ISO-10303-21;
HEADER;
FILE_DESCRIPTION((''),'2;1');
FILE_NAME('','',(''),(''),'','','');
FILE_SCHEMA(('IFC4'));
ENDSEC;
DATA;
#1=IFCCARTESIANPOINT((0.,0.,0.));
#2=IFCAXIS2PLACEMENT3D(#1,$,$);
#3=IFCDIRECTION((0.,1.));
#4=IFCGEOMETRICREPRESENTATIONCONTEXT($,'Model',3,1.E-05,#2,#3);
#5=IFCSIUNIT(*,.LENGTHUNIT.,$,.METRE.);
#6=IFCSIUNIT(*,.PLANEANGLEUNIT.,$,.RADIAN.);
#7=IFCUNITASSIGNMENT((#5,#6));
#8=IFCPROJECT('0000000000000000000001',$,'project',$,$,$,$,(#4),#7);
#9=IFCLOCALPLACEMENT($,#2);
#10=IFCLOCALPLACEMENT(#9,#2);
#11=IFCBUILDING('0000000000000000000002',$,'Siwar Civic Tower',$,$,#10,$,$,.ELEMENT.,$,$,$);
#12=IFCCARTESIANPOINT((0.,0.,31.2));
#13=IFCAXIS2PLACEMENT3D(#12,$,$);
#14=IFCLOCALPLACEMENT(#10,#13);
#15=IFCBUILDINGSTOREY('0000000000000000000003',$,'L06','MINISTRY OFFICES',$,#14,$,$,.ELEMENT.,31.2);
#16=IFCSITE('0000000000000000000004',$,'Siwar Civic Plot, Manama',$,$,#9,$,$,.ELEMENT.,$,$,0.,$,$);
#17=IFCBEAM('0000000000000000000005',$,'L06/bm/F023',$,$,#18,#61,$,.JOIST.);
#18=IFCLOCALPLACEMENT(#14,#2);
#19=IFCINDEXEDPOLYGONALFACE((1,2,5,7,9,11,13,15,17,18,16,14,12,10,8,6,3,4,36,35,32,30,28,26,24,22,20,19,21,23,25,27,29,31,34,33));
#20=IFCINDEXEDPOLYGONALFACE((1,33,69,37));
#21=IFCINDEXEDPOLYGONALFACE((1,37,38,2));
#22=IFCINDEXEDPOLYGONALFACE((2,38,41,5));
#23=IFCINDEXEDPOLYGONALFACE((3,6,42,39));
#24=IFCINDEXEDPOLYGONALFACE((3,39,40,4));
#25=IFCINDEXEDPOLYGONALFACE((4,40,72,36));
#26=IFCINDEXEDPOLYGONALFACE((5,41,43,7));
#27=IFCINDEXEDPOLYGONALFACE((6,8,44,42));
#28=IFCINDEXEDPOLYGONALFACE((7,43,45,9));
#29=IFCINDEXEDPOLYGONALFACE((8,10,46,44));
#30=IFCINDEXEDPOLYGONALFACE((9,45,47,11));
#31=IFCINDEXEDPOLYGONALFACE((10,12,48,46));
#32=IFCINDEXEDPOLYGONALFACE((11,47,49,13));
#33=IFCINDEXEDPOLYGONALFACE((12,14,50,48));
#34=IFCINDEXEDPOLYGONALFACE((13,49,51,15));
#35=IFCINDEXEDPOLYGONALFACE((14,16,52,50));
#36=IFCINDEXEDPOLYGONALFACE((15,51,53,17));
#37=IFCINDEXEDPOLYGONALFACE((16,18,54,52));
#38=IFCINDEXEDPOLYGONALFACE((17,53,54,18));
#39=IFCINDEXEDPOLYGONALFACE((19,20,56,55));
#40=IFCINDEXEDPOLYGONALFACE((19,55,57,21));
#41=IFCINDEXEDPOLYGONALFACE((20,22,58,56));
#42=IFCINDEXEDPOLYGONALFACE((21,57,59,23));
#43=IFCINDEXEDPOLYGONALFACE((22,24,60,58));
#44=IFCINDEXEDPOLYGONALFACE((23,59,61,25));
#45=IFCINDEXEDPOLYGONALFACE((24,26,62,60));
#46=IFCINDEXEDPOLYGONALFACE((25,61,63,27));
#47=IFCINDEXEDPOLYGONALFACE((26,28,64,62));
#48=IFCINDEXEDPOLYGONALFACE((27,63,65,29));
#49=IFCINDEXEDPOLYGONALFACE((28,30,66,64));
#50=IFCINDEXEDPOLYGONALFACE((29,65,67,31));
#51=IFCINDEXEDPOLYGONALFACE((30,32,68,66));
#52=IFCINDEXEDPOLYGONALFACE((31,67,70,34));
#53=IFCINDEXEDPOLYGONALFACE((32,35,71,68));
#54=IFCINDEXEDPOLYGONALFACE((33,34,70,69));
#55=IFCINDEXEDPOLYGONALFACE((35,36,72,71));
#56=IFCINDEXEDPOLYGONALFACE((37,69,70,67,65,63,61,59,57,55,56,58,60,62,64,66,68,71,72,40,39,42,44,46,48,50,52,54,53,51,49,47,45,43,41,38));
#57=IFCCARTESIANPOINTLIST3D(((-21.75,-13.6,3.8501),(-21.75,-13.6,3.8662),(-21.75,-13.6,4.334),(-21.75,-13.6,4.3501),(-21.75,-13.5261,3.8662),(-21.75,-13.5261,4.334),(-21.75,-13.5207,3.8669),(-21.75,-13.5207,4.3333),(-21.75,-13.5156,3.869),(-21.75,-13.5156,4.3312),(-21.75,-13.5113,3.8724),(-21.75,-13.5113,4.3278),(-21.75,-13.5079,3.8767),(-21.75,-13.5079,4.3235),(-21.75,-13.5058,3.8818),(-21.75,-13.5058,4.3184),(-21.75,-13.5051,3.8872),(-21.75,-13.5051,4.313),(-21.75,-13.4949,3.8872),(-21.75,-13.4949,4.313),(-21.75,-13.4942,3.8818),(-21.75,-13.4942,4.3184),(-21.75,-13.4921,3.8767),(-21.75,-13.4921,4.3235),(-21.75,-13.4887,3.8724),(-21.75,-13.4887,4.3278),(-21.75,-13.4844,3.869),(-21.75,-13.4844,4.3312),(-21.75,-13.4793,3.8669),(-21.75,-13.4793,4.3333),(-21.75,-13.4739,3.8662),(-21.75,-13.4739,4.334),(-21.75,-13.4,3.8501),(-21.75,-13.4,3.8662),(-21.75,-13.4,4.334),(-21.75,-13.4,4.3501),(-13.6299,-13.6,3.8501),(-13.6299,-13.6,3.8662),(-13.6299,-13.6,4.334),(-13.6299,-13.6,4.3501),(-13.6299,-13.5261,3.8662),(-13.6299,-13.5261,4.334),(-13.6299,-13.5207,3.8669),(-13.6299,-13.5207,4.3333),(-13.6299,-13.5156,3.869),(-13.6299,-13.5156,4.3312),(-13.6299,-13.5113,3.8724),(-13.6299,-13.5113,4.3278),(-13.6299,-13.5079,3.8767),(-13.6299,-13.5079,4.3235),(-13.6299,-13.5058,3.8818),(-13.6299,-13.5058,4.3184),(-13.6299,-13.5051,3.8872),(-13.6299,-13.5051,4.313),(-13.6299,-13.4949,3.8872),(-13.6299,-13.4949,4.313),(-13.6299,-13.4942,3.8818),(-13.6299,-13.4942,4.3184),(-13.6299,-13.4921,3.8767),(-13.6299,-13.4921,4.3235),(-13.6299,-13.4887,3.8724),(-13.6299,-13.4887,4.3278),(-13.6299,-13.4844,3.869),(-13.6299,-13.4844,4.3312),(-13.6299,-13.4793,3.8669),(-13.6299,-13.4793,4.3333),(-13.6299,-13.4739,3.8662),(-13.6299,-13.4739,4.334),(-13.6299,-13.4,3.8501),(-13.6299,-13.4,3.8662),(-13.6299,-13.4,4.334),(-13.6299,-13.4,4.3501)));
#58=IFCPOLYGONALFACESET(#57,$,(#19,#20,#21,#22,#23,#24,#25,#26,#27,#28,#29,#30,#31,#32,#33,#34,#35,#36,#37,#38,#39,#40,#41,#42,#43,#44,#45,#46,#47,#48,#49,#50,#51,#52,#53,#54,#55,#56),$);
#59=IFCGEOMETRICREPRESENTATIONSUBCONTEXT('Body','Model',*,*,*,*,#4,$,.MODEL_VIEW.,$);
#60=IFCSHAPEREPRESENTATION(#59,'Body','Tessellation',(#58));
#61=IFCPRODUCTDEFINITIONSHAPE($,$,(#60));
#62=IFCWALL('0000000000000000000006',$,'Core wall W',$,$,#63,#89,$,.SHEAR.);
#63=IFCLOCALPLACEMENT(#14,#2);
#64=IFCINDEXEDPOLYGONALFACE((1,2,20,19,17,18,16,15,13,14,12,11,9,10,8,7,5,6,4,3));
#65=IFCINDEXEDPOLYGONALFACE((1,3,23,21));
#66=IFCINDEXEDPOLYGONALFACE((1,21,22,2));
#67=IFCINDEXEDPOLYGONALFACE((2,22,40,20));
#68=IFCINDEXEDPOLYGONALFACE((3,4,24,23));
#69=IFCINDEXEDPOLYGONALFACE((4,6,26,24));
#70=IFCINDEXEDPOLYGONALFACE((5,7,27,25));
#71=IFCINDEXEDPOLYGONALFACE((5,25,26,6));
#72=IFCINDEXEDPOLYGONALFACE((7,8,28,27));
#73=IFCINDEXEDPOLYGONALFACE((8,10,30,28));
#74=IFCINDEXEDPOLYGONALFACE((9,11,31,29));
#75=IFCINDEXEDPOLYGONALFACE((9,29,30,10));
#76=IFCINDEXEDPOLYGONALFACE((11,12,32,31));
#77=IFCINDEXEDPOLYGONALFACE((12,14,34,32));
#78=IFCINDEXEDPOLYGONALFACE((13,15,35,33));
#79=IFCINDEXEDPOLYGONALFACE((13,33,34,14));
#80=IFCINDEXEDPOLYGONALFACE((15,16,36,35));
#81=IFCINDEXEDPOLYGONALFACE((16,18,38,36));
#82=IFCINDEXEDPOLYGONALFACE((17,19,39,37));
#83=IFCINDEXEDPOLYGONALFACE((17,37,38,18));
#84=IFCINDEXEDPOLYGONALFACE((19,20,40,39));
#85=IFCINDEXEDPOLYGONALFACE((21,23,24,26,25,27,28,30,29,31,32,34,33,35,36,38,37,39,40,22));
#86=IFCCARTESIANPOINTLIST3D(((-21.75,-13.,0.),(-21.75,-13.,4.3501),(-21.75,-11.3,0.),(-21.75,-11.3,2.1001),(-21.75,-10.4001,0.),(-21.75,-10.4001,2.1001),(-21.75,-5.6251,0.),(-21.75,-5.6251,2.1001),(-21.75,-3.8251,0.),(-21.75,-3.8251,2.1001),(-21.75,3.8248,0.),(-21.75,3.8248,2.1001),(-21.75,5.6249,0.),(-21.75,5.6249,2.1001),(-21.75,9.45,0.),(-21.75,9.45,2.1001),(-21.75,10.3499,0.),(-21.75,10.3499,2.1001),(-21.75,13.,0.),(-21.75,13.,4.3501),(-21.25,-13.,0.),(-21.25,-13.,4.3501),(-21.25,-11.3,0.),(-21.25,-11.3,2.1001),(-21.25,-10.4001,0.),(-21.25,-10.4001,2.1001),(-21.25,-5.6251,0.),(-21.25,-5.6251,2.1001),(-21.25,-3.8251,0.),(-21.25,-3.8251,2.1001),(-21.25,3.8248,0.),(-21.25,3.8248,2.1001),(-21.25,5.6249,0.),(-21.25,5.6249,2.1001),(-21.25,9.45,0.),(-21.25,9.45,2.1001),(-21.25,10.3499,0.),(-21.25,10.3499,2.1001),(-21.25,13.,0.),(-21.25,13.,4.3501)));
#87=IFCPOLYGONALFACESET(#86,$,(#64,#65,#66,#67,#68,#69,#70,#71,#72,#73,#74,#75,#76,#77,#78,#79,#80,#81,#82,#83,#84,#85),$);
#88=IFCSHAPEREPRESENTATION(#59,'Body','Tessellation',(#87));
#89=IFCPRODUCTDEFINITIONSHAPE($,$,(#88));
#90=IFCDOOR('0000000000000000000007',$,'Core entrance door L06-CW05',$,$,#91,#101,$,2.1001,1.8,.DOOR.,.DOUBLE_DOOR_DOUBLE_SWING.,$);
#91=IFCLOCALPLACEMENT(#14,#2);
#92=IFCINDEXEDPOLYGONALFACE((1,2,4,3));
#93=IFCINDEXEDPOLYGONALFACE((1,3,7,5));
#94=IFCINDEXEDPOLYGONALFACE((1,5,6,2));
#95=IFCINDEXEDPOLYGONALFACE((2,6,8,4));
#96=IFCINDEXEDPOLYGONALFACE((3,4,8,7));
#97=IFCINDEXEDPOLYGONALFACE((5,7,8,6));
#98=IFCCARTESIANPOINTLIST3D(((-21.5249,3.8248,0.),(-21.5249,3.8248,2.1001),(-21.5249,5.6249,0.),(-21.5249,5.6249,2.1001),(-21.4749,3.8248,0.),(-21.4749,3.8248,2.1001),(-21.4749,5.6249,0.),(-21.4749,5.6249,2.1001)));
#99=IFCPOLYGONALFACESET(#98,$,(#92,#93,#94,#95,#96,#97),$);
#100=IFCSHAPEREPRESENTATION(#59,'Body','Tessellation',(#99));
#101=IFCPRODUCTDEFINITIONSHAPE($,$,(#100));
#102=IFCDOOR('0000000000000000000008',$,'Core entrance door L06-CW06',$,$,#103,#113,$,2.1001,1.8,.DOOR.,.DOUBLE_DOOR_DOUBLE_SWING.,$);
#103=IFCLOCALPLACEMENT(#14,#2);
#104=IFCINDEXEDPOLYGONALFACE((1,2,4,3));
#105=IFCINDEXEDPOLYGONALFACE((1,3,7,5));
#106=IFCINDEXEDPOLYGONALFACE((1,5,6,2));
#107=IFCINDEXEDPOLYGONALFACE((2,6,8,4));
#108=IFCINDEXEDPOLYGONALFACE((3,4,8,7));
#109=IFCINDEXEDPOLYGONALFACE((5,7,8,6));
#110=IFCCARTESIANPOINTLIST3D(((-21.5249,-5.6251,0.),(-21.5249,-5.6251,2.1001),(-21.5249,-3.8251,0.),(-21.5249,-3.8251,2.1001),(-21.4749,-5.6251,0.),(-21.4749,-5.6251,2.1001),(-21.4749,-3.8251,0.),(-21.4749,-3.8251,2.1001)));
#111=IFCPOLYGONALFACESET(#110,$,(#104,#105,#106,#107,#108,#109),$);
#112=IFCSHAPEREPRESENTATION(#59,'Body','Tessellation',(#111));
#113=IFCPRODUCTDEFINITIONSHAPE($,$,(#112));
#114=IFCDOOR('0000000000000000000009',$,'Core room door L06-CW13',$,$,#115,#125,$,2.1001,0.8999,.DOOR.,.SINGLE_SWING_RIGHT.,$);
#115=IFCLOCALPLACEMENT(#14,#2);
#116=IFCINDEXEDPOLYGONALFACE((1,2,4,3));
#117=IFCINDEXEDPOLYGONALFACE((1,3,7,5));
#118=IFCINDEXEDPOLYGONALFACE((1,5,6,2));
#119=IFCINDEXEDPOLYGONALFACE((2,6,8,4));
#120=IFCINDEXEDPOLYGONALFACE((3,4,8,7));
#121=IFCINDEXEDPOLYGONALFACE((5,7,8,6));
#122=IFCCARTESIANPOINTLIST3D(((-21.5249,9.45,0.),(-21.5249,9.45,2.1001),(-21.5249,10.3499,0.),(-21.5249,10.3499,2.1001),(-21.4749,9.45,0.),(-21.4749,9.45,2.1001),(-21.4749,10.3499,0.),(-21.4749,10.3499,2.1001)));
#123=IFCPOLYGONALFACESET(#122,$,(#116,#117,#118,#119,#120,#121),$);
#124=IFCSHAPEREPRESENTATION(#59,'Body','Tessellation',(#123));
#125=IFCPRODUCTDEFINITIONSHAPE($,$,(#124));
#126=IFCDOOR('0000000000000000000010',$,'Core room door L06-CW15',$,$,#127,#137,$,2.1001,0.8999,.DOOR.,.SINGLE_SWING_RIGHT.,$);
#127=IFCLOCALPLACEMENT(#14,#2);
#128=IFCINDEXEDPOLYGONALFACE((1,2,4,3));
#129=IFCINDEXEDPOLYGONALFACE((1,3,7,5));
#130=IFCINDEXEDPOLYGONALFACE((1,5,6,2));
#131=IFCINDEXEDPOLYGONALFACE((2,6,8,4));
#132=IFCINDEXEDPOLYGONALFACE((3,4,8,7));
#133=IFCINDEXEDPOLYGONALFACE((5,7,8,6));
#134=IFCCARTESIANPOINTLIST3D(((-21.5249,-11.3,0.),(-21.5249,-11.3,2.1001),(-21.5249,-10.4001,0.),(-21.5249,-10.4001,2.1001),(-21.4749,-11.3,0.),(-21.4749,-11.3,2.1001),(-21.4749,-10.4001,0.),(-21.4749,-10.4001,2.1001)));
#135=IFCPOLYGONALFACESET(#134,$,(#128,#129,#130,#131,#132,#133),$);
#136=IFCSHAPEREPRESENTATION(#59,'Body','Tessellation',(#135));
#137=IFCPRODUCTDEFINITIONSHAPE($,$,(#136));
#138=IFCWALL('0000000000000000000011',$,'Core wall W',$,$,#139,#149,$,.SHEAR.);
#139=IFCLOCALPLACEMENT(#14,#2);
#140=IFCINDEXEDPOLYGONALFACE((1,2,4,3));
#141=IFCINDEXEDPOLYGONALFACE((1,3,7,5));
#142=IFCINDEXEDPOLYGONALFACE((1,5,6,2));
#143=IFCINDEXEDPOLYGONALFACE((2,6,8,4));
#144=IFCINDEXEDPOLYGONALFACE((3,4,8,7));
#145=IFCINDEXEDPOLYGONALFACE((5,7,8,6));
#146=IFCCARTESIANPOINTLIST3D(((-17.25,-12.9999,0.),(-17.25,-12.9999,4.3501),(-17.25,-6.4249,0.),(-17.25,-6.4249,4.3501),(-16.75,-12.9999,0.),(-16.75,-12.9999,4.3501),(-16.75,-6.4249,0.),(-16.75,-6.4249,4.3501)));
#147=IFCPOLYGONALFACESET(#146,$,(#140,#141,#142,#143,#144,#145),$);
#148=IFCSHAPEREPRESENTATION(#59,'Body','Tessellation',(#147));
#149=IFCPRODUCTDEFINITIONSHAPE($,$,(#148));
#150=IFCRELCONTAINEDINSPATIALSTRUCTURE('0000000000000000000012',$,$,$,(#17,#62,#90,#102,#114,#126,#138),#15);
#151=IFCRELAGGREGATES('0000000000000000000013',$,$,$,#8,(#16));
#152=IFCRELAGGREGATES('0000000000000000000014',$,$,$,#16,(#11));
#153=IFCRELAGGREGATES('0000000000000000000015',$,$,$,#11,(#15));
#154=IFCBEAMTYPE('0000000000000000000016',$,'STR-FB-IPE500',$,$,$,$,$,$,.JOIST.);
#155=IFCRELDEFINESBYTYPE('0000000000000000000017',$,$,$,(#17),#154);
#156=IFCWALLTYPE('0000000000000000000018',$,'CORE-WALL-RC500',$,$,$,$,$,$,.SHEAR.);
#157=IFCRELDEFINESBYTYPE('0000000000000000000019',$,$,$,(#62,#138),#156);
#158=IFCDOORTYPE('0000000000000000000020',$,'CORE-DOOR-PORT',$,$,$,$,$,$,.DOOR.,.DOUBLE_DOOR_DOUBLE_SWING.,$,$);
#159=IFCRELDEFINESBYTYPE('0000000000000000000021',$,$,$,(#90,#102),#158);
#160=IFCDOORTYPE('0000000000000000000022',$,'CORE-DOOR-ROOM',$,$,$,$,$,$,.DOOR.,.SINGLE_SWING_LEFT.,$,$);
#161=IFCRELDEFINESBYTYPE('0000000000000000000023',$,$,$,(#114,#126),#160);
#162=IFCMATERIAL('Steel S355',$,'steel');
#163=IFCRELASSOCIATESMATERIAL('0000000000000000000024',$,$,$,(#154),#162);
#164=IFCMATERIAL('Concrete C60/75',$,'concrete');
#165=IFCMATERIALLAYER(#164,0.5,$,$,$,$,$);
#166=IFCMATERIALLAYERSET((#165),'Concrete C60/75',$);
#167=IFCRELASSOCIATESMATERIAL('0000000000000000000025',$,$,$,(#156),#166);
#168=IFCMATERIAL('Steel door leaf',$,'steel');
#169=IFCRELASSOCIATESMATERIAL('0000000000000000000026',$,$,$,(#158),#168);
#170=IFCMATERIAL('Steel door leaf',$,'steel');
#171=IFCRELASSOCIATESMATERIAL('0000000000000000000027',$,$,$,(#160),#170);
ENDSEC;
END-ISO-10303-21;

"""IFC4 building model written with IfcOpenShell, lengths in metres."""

from ifc_helpers import new_model, si_unit, direction, frame, frame_2d, origin, origin_2d, place, context, subcontext, project, spatial, rectangle, i_section, extrude, material, layer, layer_set, material_profile, profile_set, type_object, element, fill, save


model = new_model("IFC4")

# Units and contexts
model_context = context("Model", 3, precision=1e-05, world=origin(), true_north=direction((0.0, 1.0)))
body_context = subcontext(model_context, "Body", "Model", "MODEL_VIEW")
ifc_project = project(units=[si_unit("LENGTHUNIT", "METRE"), si_unit("PLANEANGLEUNIT", "RADIAN")], contexts=[model_context])

# Site, building, storey
site_placement = place(None, origin())
site = spatial("IfcSite", under=ifc_project, at=site_placement, Name="Siwar Civic Plot, Manama", CompositionType="ELEMENT", RefElevation=0.0)
building_placement = place(site_placement, origin())
building = spatial("IfcBuilding", under=site, at=building_placement, Name="Siwar Civic Tower", CompositionType="ELEMENT")
storey_placement = place(building_placement, frame((0.0, 0.0, 31.2)))
storey = spatial("IfcBuildingStorey", under=building, at=storey_placement, Name="L06", Description="MINISTRY OFFICES", CompositionType="ELEMENT", Elevation=31.2)

# Beam
ifc_material_1 = material(Name="Steel S355", Category="steel")
ifc_material_profile = material_profile(ifc_material_1, i_section(OverallWidth=0.2, OverallDepth=0.5, WebThickness=0.0103, FlangeThickness=0.0161, FilletRadius=0.021, at=origin_2d()), Name="IPE500")
ifc_profile_set = profile_set([ifc_material_profile], Name="Steel S355")
beam_type = type_object("IfcBeamType", Name="STR-FB-IPE500", PredefinedType="JOIST", material=ifc_profile_set)
beam_placement = place(storey_placement, frame((-21.75, -13.5, 4.1001), z_axis=(1.0, 0.0, 0.0), x_axis=(0.0, 1.0, 0.0)))
element("IfcBeam", 1, at=beam_placement, inside=storey, type_object=beam_type, Name="L06/bm/F023", PredefinedType="JOIST", context=body_context, shape_type="SweptSolid", body=[
    extrude(i_section(OverallWidth=0.2, OverallDepth=0.5, WebThickness=0.0103, FlangeThickness=0.0161, FilletRadius=0.021, at=origin_2d()), origin(), (0.0, 0.0, 1.0), 8.1201),
])

# Wall, openings, doors
ifc_material_2 = material(Name="Concrete C60/75", Category="concrete")
ifc_layer_1 = layer(ifc_material_2, 0.5)
ifc_layer_set_1 = layer_set([ifc_layer_1], Name="Concrete C60/75")
wall_type_1 = type_object("IfcWallType", Name="CORE-WALL-RC500", PredefinedType="SHEAR", material=ifc_layer_set_1)
wall_1_placement = place(storey_placement, frame((-21.5, -13.0, 0.0), z_axis=(0.0, 0.0, 1.0), x_axis=(0.0, 1.0, 0.0)))
wall_1 = element("IfcWall", 2, at=wall_1_placement, inside=storey, type_object=wall_type_1, Name="Core wall W", PredefinedType="SHEAR", context=body_context, shape_type="SweptSolid", body=[
    extrude(rectangle(XDim=26.0, YDim=0.5, at=frame_2d((13.0, 0.0))), origin(), (0.0, 0.0, 1.0), 4.3501),
])
opening_1_placement = place(wall_1_placement, frame((16.825, 0.0, 0.0)))
opening_1 = element("IfcOpeningElement", 3, at=opening_1_placement, cuts=wall_1, PredefinedType="OPENING", context=body_context, shape_type="SweptSolid", body=[
    extrude(rectangle(XDim=1.8, YDim=2.1001, at=frame_2d((0.8999, 1.05))), frame((0.0, 0.26, 0.0), z_axis=(0.0, -1.0, 0.0), x_axis=(1.0, 0.0, 0.0)), (0.0, 0.0, 1.0), 0.52),
])
opening_2_placement = place(wall_1_placement, frame((7.375, 0.0, 0.0)))
opening_2 = element("IfcOpeningElement", 4, at=opening_2_placement, cuts=wall_1, PredefinedType="OPENING", context=body_context, shape_type="SweptSolid", body=[
    extrude(rectangle(XDim=1.8, YDim=2.1001, at=frame_2d((0.8999, 1.05))), frame((0.0, 0.26, 0.0), z_axis=(0.0, -1.0, 0.0), x_axis=(1.0, 0.0, 0.0)), (0.0, 0.0, 1.0), 0.52),
])
opening_3_placement = place(wall_1_placement, frame((22.45, 0.0, 0.0)))
opening_3 = element("IfcOpeningElement", 5, at=opening_3_placement, cuts=wall_1, PredefinedType="OPENING", context=body_context, shape_type="SweptSolid", body=[
    extrude(rectangle(XDim=0.8999, YDim=2.1001, at=frame_2d((0.45, 1.05))), frame((0.0, 0.26, 0.0), z_axis=(0.0, -1.0, 0.0), x_axis=(1.0, 0.0, 0.0)), (0.0, 0.0, 1.0), 0.52),
])
opening_4_placement = place(wall_1_placement, frame((1.7, 0.0, 0.0)))
opening_4 = element("IfcOpeningElement", 6, at=opening_4_placement, cuts=wall_1, PredefinedType="OPENING", context=body_context, shape_type="SweptSolid", body=[
    extrude(rectangle(XDim=0.8999, YDim=2.1001, at=frame_2d((0.45, 1.05))), frame((0.0, 0.26, 0.0), z_axis=(0.0, -1.0, 0.0), x_axis=(1.0, 0.0, 0.0)), (0.0, 0.0, 1.0), 0.52),
])
ifc_material_3 = material(Name="Steel door leaf", Category="steel")
door_type_1 = type_object("IfcDoorType", Name="CORE-DOOR-PORT", OperationType="DOUBLE_DOOR_DOUBLE_SWING", PredefinedType="DOOR", material=ifc_material_3)
door_1_placement = place(opening_1_placement, origin())
door_1 = element("IfcDoor", 7, at=door_1_placement, inside=storey, type_object=door_type_1, Name="Core entrance door L06-CW05", OperationType="DOUBLE_DOOR_DOUBLE_SWING", OverallHeight=2.1001, OverallWidth=1.8, PredefinedType="DOOR", context=body_context, shape_type="SweptSolid", body=[
    extrude(rectangle(XDim=1.8, YDim=2.1001, at=frame_2d((0.8999, 1.05))), frame((0.0, 0.0249, 0.0), z_axis=(0.0, -1.0, 0.0), x_axis=(1.0, 0.0, 0.0)), (0.0, 0.0, 1.0), 0.05),
])
fill(opening_1, door_1)
door_2_placement = place(opening_2_placement, origin())
door_2 = element("IfcDoor", 8, at=door_2_placement, inside=storey, type_object=door_type_1, Name="Core entrance door L06-CW06", OperationType="DOUBLE_DOOR_DOUBLE_SWING", OverallHeight=2.1001, OverallWidth=1.8, PredefinedType="DOOR", context=body_context, shape_type="SweptSolid", body=[
    extrude(rectangle(XDim=1.8, YDim=2.1001, at=frame_2d((0.8999, 1.05))), frame((0.0, 0.0249, 0.0), z_axis=(0.0, -1.0, 0.0), x_axis=(1.0, 0.0, 0.0)), (0.0, 0.0, 1.0), 0.05),
])
fill(opening_2, door_2)
ifc_material_4 = material(Name="Steel door leaf", Category="steel")
door_type_2 = type_object("IfcDoorType", Name="CORE-DOOR-ROOM", OperationType="SINGLE_SWING_LEFT", PredefinedType="DOOR", material=ifc_material_4)
door_3_placement = place(opening_3_placement, origin())
door_3 = element("IfcDoor", 9, at=door_3_placement, inside=storey, type_object=door_type_2, Name="Core room door L06-CW13", OperationType="SINGLE_SWING_RIGHT", OverallHeight=2.1001, OverallWidth=0.8999, PredefinedType="DOOR", context=body_context, shape_type="SweptSolid", body=[
    extrude(rectangle(XDim=0.8999, YDim=2.1001, at=frame_2d((0.45, 1.05))), frame((0.0, 0.0249, 0.0), z_axis=(0.0, -1.0, 0.0), x_axis=(1.0, 0.0, 0.0)), (0.0, 0.0, 1.0), 0.05),
])
fill(opening_3, door_3)
door_4_placement = place(opening_4_placement, origin())
door_4 = element("IfcDoor", 10, at=door_4_placement, inside=storey, type_object=door_type_2, Name="Core room door L06-CW15", OperationType="SINGLE_SWING_RIGHT", OverallHeight=2.1001, OverallWidth=0.8999, PredefinedType="DOOR", context=body_context, shape_type="SweptSolid", body=[
    extrude(rectangle(XDim=0.8999, YDim=2.1001, at=frame_2d((0.45, 1.05))), frame((0.0, 0.0249, 0.0), z_axis=(0.0, -1.0, 0.0), x_axis=(1.0, 0.0, 0.0)), (0.0, 0.0, 1.0), 0.05),
])
fill(opening_4, door_4)

# Wall
wall_2_placement = place(storey_placement, frame((-17.0, -13.0, 0.0), z_axis=(0.0, 0.0, 1.0), x_axis=(0.0, 1.0, 0.0)))
element("IfcWall", 11, at=wall_2_placement, inside=storey, type_object=wall_type_1, Name="Core wall W", PredefinedType="SHEAR", context=body_context, shape_type="SweptSolid", body=[
    extrude(rectangle(XDim=6.575, YDim=0.5, at=frame_2d((3.2876, 0.0))), origin(), (0.0, 0.0, 1.0), 4.3501),
])

save(model, "model.ifc")
